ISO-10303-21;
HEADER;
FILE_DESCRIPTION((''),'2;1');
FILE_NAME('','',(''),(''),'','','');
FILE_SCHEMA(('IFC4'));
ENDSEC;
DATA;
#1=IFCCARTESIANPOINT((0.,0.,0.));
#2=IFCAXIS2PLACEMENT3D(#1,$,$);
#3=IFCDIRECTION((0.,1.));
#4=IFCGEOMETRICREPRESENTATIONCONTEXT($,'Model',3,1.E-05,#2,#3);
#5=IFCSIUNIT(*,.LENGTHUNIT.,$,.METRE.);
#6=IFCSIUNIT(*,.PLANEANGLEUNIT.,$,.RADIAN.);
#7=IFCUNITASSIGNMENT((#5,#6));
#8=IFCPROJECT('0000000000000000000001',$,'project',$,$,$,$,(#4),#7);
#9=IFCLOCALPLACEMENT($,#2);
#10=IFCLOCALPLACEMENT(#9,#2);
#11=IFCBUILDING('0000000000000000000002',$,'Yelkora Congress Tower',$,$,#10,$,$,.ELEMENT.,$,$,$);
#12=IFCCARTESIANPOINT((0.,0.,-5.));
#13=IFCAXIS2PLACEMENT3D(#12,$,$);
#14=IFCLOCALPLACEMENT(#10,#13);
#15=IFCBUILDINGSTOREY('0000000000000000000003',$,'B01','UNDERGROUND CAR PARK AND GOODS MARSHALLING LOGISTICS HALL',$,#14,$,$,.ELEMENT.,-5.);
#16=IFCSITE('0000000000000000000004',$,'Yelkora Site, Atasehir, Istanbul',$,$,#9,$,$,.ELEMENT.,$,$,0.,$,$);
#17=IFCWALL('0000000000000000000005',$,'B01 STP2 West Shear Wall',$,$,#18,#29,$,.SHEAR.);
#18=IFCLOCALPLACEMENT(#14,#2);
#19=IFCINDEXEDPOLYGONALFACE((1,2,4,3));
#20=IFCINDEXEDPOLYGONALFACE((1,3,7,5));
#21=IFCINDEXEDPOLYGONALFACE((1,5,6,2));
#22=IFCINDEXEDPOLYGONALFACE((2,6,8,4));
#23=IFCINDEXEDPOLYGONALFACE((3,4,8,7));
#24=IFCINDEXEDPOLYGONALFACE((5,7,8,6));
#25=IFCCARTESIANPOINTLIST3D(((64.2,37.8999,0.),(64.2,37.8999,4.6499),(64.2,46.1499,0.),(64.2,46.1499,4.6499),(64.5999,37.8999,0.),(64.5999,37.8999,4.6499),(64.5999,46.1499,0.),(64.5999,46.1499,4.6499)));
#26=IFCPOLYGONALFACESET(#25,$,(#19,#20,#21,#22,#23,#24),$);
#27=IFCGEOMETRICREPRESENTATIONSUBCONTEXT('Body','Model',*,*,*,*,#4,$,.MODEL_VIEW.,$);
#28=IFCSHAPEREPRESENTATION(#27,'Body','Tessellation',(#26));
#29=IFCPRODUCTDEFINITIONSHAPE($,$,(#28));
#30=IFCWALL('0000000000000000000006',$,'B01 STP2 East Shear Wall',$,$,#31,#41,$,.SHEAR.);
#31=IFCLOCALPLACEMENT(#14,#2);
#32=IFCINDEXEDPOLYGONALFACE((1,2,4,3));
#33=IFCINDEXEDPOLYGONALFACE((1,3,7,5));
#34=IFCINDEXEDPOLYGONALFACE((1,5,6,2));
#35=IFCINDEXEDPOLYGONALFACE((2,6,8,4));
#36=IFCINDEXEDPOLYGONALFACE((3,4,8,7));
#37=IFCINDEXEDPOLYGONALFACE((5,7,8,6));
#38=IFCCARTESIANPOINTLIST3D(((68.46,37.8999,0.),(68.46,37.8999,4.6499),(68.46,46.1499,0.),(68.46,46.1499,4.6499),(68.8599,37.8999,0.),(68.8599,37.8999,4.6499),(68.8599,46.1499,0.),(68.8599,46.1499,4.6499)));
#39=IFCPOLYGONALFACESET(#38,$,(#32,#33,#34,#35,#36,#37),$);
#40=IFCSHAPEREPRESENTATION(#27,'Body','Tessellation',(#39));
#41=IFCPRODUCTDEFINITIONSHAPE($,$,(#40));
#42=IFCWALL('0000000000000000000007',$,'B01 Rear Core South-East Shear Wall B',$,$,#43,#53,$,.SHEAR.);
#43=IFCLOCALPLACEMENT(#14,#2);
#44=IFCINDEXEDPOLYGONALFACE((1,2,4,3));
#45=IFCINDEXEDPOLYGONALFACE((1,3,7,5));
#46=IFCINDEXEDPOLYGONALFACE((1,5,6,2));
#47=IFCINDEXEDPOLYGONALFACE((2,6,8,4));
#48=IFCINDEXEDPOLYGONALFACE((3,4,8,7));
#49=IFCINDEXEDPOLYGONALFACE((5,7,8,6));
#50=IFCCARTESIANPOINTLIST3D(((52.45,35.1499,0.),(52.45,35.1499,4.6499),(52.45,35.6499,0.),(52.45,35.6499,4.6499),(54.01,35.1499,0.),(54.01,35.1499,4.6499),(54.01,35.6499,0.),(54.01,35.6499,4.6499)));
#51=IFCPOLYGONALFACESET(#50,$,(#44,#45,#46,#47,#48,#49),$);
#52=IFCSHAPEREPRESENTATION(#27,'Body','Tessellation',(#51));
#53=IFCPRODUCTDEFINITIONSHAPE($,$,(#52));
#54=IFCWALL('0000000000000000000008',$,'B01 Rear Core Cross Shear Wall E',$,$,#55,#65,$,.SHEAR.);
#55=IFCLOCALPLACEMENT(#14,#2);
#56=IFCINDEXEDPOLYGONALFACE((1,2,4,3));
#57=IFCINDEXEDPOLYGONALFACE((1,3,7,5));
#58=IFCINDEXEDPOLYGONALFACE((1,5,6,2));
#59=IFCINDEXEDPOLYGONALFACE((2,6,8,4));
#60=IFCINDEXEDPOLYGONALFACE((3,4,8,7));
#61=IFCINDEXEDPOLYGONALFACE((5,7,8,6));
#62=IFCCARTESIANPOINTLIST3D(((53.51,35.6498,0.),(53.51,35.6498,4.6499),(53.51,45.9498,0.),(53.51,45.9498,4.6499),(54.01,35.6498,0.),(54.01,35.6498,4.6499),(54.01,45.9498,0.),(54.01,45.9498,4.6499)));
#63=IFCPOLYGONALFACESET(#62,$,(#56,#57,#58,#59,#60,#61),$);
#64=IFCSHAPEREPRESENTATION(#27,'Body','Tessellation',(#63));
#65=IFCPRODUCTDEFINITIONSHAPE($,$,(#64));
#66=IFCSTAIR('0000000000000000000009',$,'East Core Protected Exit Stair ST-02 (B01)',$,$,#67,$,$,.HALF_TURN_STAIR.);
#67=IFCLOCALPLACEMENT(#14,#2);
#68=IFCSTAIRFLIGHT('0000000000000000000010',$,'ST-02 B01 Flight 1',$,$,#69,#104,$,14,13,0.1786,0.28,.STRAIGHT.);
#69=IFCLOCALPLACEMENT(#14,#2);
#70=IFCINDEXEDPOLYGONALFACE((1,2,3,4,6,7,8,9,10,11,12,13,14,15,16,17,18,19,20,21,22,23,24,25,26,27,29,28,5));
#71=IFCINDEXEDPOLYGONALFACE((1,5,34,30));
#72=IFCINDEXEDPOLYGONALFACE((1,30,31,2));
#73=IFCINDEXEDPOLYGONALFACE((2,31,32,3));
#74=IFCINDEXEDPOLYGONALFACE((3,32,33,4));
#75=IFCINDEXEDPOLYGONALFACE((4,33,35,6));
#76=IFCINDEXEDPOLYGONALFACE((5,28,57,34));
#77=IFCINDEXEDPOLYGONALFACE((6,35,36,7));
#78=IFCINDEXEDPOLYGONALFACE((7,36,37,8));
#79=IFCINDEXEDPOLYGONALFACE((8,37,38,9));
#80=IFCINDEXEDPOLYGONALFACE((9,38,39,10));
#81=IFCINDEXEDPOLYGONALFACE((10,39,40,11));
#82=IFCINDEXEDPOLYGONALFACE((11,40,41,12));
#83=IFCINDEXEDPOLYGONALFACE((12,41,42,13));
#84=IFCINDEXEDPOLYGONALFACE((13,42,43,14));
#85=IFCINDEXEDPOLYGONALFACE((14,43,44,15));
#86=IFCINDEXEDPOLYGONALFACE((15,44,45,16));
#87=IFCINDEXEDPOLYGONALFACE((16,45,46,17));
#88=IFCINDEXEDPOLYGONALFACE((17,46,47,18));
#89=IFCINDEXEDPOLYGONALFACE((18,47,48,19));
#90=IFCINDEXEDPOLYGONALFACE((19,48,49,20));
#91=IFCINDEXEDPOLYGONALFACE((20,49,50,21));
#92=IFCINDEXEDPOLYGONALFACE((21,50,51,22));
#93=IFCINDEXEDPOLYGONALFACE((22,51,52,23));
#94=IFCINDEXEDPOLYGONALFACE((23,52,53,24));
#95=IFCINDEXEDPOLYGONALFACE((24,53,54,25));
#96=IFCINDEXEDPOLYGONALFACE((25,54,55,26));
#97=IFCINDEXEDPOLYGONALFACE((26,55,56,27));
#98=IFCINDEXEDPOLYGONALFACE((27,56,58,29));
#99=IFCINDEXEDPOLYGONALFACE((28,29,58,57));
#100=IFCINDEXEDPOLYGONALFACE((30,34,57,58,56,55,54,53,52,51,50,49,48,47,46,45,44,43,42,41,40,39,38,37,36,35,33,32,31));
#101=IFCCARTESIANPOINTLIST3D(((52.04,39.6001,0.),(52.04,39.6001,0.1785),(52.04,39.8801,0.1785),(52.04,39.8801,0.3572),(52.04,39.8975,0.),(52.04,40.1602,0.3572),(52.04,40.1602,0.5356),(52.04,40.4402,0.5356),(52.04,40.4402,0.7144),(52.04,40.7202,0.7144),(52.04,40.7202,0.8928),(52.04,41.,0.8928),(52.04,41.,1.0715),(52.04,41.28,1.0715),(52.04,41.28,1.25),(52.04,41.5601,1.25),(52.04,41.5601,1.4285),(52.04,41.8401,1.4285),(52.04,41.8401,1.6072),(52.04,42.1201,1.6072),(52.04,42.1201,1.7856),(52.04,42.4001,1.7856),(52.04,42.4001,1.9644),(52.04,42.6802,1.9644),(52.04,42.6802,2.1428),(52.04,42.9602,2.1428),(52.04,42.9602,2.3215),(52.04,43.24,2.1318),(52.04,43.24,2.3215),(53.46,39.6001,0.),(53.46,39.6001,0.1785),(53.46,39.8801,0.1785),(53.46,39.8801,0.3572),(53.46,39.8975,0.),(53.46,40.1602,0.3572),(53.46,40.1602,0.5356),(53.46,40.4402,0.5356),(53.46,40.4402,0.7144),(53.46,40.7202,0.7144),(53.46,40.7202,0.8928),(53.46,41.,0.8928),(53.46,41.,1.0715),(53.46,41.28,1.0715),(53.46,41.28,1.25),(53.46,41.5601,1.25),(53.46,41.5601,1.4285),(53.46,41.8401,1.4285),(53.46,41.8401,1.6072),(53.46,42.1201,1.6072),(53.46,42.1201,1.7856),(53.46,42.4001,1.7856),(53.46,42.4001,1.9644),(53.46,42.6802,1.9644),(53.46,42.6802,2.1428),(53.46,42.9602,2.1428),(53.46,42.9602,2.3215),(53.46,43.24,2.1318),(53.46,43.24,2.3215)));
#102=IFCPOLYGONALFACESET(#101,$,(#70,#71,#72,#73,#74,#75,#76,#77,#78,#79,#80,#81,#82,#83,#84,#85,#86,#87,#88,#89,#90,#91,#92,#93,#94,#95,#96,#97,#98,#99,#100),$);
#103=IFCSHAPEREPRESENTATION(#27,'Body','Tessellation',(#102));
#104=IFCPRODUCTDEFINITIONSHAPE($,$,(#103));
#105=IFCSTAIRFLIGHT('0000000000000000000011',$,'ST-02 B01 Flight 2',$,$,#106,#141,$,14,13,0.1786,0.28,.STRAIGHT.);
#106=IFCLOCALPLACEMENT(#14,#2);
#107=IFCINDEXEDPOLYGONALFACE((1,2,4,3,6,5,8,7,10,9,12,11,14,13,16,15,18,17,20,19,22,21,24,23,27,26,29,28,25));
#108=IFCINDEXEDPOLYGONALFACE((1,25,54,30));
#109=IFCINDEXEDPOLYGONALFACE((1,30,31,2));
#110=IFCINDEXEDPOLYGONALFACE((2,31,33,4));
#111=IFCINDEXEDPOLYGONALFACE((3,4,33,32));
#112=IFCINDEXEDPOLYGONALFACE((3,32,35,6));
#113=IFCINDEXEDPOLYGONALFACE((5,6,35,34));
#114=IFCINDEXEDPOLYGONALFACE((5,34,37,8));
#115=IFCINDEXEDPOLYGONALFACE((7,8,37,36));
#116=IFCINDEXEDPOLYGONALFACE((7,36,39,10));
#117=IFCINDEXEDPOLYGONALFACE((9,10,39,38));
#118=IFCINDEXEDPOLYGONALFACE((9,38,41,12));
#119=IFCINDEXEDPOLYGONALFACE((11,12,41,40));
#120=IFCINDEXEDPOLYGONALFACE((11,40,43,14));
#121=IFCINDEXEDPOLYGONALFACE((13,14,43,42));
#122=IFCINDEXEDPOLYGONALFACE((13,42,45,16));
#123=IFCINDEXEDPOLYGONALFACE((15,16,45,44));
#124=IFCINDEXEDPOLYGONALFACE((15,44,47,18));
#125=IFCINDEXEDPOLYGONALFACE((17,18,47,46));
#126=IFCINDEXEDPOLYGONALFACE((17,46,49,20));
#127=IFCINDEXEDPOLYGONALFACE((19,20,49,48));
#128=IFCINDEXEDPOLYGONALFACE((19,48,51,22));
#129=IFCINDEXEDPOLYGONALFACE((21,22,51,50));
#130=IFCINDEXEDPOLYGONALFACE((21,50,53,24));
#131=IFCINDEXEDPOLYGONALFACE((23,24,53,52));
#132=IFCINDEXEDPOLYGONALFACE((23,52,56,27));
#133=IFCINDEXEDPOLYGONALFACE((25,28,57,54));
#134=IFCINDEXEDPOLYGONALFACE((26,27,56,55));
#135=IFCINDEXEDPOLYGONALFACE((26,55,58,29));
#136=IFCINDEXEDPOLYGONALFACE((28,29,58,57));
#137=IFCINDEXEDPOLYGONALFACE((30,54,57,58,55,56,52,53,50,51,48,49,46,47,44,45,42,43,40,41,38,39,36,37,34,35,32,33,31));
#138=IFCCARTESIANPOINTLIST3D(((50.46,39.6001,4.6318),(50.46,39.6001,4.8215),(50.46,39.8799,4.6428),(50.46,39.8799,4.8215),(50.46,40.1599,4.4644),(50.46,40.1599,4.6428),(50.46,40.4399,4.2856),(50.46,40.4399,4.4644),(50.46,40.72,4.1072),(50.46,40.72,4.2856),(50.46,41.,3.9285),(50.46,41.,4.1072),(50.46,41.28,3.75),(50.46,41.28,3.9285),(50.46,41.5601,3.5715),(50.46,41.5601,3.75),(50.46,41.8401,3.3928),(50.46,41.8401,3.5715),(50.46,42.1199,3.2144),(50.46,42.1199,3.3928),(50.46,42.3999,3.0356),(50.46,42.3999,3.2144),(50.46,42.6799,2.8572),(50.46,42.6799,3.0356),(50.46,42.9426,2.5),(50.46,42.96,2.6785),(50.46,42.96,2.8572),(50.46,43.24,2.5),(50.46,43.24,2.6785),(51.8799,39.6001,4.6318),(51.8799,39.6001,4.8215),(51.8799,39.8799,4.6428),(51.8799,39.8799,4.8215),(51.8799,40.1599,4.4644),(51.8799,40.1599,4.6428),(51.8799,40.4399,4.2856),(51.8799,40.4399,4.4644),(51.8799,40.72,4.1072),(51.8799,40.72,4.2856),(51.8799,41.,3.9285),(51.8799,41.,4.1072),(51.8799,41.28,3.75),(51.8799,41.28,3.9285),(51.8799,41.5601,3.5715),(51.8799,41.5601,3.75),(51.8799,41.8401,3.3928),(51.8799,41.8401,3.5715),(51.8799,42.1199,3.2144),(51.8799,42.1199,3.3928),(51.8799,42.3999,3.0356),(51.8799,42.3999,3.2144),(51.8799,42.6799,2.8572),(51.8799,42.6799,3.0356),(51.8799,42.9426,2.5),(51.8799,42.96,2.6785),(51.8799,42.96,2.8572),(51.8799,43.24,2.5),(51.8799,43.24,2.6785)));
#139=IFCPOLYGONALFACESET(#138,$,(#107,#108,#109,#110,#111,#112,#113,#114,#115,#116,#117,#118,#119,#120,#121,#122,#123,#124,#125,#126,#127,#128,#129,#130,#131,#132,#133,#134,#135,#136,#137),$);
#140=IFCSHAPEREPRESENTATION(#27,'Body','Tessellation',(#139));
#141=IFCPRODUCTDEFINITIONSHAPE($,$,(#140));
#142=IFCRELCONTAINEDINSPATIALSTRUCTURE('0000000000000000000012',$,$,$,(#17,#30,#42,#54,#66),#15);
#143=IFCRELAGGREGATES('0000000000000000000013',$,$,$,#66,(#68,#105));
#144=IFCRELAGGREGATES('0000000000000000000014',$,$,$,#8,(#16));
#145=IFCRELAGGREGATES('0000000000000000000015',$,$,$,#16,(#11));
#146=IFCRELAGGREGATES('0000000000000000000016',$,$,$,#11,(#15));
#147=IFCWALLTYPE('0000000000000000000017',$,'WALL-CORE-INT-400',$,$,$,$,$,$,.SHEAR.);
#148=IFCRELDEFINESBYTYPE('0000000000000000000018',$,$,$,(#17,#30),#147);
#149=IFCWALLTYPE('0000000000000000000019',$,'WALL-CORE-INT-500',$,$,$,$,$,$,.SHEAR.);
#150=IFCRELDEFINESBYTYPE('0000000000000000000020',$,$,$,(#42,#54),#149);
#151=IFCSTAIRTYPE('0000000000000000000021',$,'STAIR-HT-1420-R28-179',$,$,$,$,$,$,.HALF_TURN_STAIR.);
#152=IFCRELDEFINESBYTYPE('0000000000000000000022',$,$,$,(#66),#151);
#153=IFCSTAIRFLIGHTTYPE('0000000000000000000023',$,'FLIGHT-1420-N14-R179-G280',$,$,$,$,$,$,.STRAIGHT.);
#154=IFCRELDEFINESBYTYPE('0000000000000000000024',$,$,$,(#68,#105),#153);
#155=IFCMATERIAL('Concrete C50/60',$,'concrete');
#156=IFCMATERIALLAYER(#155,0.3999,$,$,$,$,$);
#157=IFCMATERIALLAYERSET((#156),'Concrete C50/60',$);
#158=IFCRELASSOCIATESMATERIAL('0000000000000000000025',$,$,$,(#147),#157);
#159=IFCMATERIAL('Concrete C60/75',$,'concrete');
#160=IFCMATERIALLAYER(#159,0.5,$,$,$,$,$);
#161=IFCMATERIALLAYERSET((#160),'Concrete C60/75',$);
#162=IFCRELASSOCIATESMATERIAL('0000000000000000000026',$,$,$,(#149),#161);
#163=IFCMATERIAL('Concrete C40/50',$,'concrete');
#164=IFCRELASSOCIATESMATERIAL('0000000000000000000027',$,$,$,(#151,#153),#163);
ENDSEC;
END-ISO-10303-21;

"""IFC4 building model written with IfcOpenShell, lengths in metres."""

from ifc_helpers import new_model, si_unit, direction, frame, frame_2d, origin, place, context, subcontext, project, spatial, polyline, rectangle, outline, extrude, material, layer, layer_set, type_object, element, aggregate, save


model = new_model("IFC4")

# Units and contexts
model_context = context("Model", 3, precision=1e-05, world=origin(), true_north=direction((0.0, 1.0)))
body_context = subcontext(model_context, "Body", "Model", "MODEL_VIEW")
ifc_project = project(units=[si_unit("LENGTHUNIT", "METRE"), si_unit("PLANEANGLEUNIT", "RADIAN")], contexts=[model_context])

# Site, building, storey
site_placement = place(None, origin())
site = spatial("IfcSite", under=ifc_project, at=site_placement, Name="Yelkora Site, Atasehir, Istanbul", CompositionType="ELEMENT", RefElevation=0.0)
building_placement = place(site_placement, origin())
building = spatial("IfcBuilding", under=site, at=building_placement, Name="Yelkora Congress Tower", CompositionType="ELEMENT")
storey_placement = place(building_placement, frame((0.0, 0.0, -5.0)))
storey = spatial("IfcBuildingStorey", under=building, at=storey_placement, Name="B01", Description="UNDERGROUND CAR PARK AND GOODS MARSHALLING LOGISTICS HALL", CompositionType="ELEMENT", Elevation=-5.0)

# Shared definitions
ifc_material_1 = material(Name="Concrete C50/60", Category="concrete")
ifc_material_2 = material(Name="Concrete C60/75", Category="concrete")

# Walls
ifc_layer_1 = layer(ifc_material_1, 0.3999)
ifc_layer_set_1 = layer_set([ifc_layer_1], Name="Concrete C50/60")
wall_type_1 = type_object("IfcWallType", Name="WALL-CORE-INT-400", PredefinedType="SHEAR", material=ifc_layer_set_1)
for number, where, z_axis, x_axis, name in (
    (1, (64.3999, 37.8999, 0.0), (0.0, 0.0, 1.0), (0.0, 1.0, 0.0), "B01 STP2 West Shear Wall"),
    (2, (68.6599, 37.8999, 0.0), (0.0, 0.0, 1.0), (0.0, 1.0, 0.0), "B01 STP2 East Shear Wall"),
):
    element("IfcWall", number, at=place(storey_placement, frame(where, z_axis=z_axis, x_axis=x_axis)), inside=storey, type_object=wall_type_1, Name=name, PredefinedType="SHEAR", context=body_context, shape_type="SweptSolid", body=[
        extrude(rectangle(XDim=8.25, YDim=0.3999, at=frame_2d((4.125, 0.0))), origin(), (0.0, 0.0, 1.0), 4.6499),
    ])
ifc_layer_2 = layer(ifc_material_2, 0.5)
ifc_layer_set_2 = layer_set([ifc_layer_2], Name="Concrete C60/75")
wall_type_2 = type_object("IfcWallType", Name="WALL-CORE-INT-500", PredefinedType="SHEAR", material=ifc_layer_set_2)
wall_1_placement = place(storey_placement, frame((52.45, 35.3999, 0.0), z_axis=(0.0, 0.0, 1.0), x_axis=(1.0, 0.0, 0.0)))
element("IfcWall", 3, at=wall_1_placement, inside=storey, type_object=wall_type_2, Name="B01 Rear Core South-East Shear Wall B", PredefinedType="SHEAR", context=body_context, shape_type="SweptSolid", body=[
    extrude(rectangle(XDim=1.5601, YDim=0.5, at=frame_2d((0.78, 0.0))), origin(), (0.0, 0.0, 1.0), 4.6499),
])
wall_2_placement = place(storey_placement, frame((53.76, 35.6499, 0.0), z_axis=(0.0, 0.0, 1.0), x_axis=(0.0, 1.0, 0.0)))
element("IfcWall", 4, at=wall_2_placement, inside=storey, type_object=wall_type_2, Name="B01 Rear Core Cross Shear Wall E", PredefinedType="SHEAR", context=body_context, shape_type="SweptSolid", body=[
    extrude(rectangle(XDim=10.3, YDim=0.5, at=frame_2d((5.1499, 0.0))), origin(), (0.0, 0.0, 1.0), 4.6499),
])

# Stair, stair flights
ifc_material_3 = material(Name="Concrete C40/50", Category="concrete")
stair_type = type_object("IfcStairType", Name="STAIR-HT-1420-R28-179", PredefinedType="HALF_TURN_STAIR", material=ifc_material_3)
stair_placement = place(storey_placement, origin())
stair = element("IfcStair", 5, at=stair_placement, inside=storey, type_object=stair_type, Name="East Core Protected Exit Stair ST-02 (B01)", PredefinedType="HALF_TURN_STAIR")
stair_flight_type = type_object("IfcStairFlightType", Name="FLIGHT-1420-N14-R179-G280", PredefinedType="STRAIGHT", material=ifc_material_3)
stair_flight_1_placement = place(storey_placement, frame((52.75, 39.6001, 0.0), z_axis=(0.0, 0.0, 1.0), x_axis=(0.0, 1.0, 0.0)))
stair_flight_1 = element("IfcStairFlight", 6, at=stair_flight_1_placement, type_object=stair_flight_type, Name="ST-02 B01 Flight 1", NumberOfRisers=14, NumberOfTreads=13, PredefinedType="STRAIGHT", RiserHeight=0.1786, TreadLength=0.28, context=body_context, shape_type="SweptSolid", body=[
    extrude(outline(polyline([(0.0, 0.0), (0.0, 0.1785), (0.28, 0.1785), (0.28, 0.3572), (0.5601, 0.3572), (0.5601, 0.5356), (0.8401, 0.5356), (0.8401, 0.7144), (1.1201, 0.7144), (1.1201, 0.8928), (1.3999, 0.8928), (1.3999, 1.0715), (1.6799, 1.0715), (1.6799, 1.25), (1.96, 1.25), (1.96, 1.4285), (2.24, 1.4285), (2.24, 1.6072), (2.52, 1.6072), (2.52, 1.7856), (2.8, 1.7856), (2.8, 1.9644), (3.0801, 1.9644), (3.0801, 2.1428), (3.3601, 2.1428), (3.3601, 2.3215), (3.6399, 2.3215), (3.6399, 2.5), (3.6399, 2.1318), (0.2974, 0.0), (0.0, 0.0)])), frame((0.0, 0.71, 0.0), z_axis=(0.0, -1.0, 0.0), x_axis=(1.0, 0.0, 0.0)), (0.0, 0.0, 1.0), 1.4199),
])
stair_flight_2_placement = place(storey_placement, frame((51.1699, 43.24, 2.5), z_axis=(0.0, 0.0, 1.0), x_axis=(0.0, -1.0, 0.0)))
stair_flight_2 = element("IfcStairFlight", 7, at=stair_flight_2_placement, type_object=stair_flight_type, Name="ST-02 B01 Flight 2", NumberOfRisers=14, NumberOfTreads=13, PredefinedType="STRAIGHT", RiserHeight=0.1786, TreadLength=0.28, context=body_context, shape_type="SweptSolid", body=[
    extrude(outline(polyline([(0.0, 0.0), (0.0, 0.1785), (0.28, 0.1785), (0.28, 0.3572), (0.5601, 0.3572), (0.5601, 0.5356), (0.8401, 0.5356), (0.8401, 0.7144), (1.1201, 0.7144), (1.1201, 0.8928), (1.3999, 0.8928), (1.3999, 1.0715), (1.6799, 1.0715), (1.6799, 1.25), (1.96, 1.25), (1.96, 1.4285), (2.24, 1.4285), (2.24, 1.6072), (2.52, 1.6072), (2.52, 1.7856), (2.8, 1.7856), (2.8, 1.9644), (3.0801, 1.9644), (3.0801, 2.1428), (3.3601, 2.1428), (3.3601, 2.3215), (3.6399, 2.3215), (3.6399, 2.5), (3.6399, 2.1318), (0.2974, 0.0), (0.0, 0.0)])), frame((0.0, 0.71, 0.0), z_axis=(0.0, -1.0, 0.0), x_axis=(1.0, 0.0, 0.0)), (0.0, 0.0, 1.0), 1.4199),
])
aggregate(stair, [stair_flight_1, stair_flight_2])

save(model, "model.ifc")
